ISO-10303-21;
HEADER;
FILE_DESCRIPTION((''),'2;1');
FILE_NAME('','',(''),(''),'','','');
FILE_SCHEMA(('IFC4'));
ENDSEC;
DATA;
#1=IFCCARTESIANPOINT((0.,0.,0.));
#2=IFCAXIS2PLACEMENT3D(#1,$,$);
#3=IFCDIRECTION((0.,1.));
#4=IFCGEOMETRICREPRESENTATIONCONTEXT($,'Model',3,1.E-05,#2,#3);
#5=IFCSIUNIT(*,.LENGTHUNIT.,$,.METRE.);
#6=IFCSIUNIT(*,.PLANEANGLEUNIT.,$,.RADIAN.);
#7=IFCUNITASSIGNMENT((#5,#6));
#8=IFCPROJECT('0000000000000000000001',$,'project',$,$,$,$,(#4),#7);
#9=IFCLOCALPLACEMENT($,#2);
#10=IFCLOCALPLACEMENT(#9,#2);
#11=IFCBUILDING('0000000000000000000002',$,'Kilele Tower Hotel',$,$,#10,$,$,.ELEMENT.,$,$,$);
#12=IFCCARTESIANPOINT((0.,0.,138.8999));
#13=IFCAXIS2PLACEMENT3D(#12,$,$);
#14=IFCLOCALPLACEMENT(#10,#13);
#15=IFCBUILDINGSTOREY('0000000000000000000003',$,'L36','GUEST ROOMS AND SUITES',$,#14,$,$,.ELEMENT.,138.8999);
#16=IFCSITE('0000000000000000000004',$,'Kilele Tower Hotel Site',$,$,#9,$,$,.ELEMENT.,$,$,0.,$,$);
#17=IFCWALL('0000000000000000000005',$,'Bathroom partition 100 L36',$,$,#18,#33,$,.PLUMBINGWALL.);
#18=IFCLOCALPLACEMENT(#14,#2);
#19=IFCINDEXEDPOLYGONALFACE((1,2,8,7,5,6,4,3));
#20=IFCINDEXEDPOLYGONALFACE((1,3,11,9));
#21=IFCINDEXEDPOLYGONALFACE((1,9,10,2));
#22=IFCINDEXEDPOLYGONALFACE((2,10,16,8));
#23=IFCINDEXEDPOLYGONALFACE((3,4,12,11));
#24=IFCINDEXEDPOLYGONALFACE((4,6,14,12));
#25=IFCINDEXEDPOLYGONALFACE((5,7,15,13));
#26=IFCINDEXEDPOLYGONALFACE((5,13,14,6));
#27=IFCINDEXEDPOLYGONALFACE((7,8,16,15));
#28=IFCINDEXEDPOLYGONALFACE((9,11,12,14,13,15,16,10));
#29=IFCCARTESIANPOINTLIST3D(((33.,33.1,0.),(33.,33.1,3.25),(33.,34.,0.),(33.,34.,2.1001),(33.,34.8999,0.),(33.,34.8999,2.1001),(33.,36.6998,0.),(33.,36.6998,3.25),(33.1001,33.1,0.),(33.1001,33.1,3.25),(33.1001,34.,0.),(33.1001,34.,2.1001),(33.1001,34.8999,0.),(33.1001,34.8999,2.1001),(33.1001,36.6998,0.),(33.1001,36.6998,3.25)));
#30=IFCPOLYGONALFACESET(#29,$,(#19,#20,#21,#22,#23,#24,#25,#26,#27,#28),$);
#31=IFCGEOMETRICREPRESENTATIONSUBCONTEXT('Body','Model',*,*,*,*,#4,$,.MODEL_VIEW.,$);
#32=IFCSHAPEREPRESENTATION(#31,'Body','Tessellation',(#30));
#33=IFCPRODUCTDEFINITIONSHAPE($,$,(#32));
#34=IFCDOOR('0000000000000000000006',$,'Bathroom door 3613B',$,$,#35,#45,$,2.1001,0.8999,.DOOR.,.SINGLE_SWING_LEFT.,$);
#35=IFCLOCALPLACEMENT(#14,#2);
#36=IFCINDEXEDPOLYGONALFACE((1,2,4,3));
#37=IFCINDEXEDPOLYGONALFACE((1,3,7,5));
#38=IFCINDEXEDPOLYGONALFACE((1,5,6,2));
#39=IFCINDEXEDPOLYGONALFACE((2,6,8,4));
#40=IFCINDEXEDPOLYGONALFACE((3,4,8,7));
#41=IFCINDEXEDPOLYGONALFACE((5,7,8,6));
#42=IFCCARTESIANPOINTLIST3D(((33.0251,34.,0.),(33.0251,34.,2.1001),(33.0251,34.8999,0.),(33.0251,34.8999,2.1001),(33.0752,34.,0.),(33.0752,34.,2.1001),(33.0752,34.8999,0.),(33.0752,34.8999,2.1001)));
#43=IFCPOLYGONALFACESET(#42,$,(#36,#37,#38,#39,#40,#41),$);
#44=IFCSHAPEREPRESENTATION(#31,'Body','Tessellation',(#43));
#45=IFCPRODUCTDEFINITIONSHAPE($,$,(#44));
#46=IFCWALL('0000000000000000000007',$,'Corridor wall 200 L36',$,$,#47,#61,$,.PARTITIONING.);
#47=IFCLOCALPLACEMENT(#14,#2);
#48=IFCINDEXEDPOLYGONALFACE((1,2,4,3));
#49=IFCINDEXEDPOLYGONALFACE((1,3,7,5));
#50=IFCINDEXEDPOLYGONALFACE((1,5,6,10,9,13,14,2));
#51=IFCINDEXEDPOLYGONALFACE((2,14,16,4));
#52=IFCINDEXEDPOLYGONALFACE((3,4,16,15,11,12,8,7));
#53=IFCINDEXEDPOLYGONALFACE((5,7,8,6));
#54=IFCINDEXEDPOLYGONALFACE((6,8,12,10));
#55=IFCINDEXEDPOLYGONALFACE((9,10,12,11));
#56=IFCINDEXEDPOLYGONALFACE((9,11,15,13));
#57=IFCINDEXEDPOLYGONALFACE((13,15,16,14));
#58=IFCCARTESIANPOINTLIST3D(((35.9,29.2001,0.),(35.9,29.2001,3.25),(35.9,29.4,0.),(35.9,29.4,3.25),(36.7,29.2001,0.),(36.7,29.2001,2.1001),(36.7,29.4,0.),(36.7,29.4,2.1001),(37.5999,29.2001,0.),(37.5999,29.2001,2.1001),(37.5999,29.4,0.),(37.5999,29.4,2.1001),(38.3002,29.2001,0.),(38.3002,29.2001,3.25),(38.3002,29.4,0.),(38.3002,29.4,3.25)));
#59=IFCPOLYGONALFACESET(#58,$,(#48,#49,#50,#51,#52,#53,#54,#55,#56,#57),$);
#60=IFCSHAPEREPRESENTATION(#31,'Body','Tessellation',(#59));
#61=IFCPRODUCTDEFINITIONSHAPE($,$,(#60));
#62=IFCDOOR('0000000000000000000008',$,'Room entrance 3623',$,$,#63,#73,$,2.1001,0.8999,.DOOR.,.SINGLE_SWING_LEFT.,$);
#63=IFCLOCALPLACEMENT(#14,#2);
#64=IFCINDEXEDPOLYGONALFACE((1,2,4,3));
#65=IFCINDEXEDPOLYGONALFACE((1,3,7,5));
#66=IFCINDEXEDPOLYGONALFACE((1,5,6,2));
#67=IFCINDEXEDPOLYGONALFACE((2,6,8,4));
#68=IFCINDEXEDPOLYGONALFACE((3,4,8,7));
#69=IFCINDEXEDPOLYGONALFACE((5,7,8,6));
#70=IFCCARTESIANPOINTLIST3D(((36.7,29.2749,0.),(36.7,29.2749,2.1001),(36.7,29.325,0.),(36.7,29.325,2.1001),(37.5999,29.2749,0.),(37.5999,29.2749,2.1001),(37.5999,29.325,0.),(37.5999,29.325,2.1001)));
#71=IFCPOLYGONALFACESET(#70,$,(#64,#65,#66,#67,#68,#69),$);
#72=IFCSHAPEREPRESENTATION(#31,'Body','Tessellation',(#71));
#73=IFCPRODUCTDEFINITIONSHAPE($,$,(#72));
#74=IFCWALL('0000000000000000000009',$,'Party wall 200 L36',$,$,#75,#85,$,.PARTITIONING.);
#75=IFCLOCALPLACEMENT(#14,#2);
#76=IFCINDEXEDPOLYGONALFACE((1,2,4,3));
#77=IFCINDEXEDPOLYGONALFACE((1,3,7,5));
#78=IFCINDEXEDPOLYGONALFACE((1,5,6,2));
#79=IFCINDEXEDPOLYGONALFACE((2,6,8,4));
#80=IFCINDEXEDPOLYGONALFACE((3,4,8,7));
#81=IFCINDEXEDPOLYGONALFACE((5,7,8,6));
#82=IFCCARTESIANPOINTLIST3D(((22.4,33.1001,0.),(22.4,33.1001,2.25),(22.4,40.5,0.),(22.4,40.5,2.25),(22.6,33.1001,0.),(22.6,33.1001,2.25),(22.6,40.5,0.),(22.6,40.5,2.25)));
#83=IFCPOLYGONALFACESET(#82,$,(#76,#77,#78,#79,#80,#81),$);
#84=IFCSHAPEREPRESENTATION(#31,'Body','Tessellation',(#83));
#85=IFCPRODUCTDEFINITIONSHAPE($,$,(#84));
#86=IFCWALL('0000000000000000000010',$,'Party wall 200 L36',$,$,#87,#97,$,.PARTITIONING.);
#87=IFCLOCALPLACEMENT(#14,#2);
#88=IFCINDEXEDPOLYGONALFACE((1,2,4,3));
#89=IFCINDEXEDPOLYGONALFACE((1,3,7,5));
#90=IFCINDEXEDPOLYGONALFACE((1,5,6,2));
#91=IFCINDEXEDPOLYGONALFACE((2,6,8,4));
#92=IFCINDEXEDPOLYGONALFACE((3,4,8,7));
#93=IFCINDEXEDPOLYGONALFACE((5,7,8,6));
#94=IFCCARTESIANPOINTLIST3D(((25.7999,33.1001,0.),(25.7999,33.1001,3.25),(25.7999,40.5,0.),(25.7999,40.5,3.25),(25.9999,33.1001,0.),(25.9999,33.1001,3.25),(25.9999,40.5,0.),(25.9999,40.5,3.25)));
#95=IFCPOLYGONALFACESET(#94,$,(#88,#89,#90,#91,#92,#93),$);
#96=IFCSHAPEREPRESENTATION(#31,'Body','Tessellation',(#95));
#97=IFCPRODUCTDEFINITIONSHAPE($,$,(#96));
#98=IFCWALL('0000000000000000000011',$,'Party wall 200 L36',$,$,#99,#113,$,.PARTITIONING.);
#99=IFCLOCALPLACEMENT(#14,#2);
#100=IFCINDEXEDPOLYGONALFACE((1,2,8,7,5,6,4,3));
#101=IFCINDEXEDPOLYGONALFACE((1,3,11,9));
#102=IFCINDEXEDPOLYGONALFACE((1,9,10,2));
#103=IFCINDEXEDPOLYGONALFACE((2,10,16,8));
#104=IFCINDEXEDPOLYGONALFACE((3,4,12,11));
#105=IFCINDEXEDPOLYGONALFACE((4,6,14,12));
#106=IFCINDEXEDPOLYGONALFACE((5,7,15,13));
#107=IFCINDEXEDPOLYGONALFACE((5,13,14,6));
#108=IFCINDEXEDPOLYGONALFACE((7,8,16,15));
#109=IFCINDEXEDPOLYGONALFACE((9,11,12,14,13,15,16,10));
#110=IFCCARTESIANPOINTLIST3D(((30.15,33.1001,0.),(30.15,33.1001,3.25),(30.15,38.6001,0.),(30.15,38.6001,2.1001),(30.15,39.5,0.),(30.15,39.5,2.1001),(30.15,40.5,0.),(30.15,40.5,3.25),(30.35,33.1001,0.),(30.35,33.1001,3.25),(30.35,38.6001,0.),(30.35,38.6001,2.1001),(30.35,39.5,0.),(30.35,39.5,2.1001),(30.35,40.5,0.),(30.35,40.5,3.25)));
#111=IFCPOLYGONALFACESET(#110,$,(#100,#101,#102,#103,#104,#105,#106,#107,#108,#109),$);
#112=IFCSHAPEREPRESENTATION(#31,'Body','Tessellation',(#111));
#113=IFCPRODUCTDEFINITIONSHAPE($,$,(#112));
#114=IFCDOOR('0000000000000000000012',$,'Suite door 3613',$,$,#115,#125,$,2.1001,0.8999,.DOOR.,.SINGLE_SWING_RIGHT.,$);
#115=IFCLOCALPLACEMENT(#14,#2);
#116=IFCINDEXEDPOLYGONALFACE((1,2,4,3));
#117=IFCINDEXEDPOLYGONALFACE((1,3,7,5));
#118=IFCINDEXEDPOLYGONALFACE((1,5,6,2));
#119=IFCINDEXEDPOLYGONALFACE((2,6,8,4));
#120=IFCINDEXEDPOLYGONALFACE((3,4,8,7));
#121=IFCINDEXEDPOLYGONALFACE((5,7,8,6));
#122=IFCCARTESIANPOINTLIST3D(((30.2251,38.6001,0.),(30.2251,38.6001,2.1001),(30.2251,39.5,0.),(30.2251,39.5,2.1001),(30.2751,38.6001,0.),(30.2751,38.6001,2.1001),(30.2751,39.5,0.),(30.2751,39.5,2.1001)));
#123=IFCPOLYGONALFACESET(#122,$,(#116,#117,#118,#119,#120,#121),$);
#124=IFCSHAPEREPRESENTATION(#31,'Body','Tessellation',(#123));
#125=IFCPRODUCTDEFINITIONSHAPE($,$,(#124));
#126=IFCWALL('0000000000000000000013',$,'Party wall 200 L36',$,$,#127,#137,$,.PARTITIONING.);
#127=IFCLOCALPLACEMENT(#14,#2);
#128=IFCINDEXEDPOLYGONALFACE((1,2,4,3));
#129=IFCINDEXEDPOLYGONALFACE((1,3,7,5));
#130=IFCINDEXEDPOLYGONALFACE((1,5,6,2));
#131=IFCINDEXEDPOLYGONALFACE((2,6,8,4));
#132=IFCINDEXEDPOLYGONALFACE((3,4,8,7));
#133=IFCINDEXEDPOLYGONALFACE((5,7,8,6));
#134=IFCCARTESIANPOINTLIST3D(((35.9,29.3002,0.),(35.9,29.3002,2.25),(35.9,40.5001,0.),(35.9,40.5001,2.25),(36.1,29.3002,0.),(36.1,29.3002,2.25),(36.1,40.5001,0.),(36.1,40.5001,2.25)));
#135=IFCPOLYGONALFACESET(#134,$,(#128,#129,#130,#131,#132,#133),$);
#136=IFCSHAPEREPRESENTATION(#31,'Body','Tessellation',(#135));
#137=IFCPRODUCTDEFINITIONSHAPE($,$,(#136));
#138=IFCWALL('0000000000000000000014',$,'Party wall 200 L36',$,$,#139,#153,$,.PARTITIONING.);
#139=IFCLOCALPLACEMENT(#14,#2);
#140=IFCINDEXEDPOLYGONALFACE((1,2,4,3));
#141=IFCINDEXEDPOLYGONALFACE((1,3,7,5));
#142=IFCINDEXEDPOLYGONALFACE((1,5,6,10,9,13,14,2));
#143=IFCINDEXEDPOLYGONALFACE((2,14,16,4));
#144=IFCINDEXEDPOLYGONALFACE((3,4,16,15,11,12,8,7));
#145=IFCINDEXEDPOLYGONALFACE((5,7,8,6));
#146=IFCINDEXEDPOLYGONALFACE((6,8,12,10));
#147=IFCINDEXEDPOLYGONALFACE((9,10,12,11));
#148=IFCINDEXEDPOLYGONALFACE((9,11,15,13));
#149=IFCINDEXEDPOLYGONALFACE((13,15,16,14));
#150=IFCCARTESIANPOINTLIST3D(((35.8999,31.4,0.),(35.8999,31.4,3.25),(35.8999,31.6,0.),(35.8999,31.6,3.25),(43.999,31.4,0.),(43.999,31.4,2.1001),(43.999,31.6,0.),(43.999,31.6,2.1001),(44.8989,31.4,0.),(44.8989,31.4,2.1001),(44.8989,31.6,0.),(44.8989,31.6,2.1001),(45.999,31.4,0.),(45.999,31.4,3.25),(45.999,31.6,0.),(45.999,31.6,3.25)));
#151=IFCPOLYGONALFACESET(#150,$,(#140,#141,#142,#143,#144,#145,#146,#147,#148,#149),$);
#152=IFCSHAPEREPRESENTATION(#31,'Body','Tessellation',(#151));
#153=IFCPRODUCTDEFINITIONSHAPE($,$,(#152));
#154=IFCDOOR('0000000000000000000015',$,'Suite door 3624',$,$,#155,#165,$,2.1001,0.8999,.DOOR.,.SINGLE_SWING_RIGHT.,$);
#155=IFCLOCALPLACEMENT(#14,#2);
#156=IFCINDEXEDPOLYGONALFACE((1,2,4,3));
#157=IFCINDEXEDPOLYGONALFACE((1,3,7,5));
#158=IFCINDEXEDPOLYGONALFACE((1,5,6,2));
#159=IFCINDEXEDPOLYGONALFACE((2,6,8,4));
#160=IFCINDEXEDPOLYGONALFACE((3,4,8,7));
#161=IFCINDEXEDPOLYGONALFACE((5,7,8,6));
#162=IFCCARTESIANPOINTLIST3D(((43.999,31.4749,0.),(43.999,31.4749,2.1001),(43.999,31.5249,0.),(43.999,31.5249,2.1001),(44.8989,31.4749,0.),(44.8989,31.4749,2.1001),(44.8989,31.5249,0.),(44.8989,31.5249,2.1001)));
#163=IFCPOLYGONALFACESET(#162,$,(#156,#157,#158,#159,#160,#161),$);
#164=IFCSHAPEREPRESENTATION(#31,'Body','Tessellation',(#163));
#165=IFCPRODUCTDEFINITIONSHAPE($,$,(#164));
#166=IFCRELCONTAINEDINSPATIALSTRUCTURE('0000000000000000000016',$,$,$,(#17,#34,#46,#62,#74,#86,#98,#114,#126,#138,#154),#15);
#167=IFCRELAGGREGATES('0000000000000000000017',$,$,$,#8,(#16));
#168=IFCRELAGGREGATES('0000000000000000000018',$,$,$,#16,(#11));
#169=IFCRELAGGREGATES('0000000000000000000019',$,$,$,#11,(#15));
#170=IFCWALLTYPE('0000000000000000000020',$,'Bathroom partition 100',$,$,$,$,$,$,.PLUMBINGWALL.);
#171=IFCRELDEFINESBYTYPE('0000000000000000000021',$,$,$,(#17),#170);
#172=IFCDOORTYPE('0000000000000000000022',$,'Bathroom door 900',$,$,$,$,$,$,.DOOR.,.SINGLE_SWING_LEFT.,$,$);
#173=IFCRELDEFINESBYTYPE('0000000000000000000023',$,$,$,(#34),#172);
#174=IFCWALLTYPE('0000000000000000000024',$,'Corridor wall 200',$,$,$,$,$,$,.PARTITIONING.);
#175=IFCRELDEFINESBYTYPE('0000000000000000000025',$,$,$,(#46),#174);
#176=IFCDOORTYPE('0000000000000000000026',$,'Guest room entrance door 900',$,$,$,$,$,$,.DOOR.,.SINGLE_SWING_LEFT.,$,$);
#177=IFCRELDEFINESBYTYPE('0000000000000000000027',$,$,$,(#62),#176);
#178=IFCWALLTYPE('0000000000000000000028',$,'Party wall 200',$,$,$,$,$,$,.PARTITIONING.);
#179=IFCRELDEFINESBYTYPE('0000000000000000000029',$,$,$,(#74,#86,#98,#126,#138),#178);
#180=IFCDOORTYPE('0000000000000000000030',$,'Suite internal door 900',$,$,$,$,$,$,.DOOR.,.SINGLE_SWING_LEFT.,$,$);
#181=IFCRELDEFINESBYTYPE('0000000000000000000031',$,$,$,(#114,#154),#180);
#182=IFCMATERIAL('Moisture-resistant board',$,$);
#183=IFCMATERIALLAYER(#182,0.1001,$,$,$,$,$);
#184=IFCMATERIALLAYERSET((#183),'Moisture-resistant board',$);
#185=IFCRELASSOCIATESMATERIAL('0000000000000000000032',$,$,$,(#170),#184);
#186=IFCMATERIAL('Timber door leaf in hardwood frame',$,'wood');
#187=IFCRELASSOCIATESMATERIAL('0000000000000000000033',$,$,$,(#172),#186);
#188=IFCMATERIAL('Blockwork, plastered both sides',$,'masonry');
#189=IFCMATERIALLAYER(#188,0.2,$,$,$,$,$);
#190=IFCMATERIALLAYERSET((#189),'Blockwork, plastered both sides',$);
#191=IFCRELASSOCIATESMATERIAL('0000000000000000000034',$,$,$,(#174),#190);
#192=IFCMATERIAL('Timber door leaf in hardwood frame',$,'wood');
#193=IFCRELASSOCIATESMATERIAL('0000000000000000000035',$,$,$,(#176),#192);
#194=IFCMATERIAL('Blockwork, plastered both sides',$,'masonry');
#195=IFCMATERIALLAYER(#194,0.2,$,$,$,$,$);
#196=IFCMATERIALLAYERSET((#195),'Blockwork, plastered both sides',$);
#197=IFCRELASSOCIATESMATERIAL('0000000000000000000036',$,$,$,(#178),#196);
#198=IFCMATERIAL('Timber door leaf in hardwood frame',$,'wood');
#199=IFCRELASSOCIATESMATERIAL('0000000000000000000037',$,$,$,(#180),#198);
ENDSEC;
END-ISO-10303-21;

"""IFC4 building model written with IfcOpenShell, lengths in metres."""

from ifc_helpers import new_model, si_unit, direction, frame, frame_2d, origin, place, context, subcontext, project, spatial, rectangle, extrude, material, layer, layer_set, type_object, element, fill, save


model = new_model("IFC4")

# Units and contexts
model_context = context("Model", 3, precision=1e-05, world=origin(), true_north=direction((0.0, 1.0)))
body_context = subcontext(model_context, "Body", "Model", "MODEL_VIEW")
ifc_project = project(units=[si_unit("LENGTHUNIT", "METRE"), si_unit("PLANEANGLEUNIT", "RADIAN")], contexts=[model_context])

# Site, building, storey
site_placement = place(None, origin())
site = spatial("IfcSite", under=ifc_project, at=site_placement, Name="Kilele Tower Hotel Site", CompositionType="ELEMENT", RefElevation=0.0)
building_placement = place(site_placement, origin())
building = spatial("IfcBuilding", under=site, at=building_placement, Name="Kilele Tower Hotel", CompositionType="ELEMENT")
storey_placement = place(building_placement, frame((0.0, 0.0, 138.8999)))
storey = spatial("IfcBuildingStorey", under=building, at=storey_placement, Name="L36", Description="GUEST ROOMS AND SUITES", CompositionType="ELEMENT", Elevation=138.8999)

# Shared definitions
ifc_material_1 = material(Name="Moisture-resistant board")
ifc_layer_1 = layer(ifc_material_1, 0.1001)
ifc_layer_set_1 = layer_set([ifc_layer_1], Name="Moisture-resistant board")
wall_type_1 = type_object("IfcWallType", Name="Bathroom partition 100", PredefinedType="PLUMBINGWALL", material=ifc_layer_set_1)

# Shared definitions
ifc_material_2 = material(Name="Timber door leaf in hardwood frame", Category="wood")
door_type_1 = type_object("IfcDoorType", Name="Bathroom door 900", OperationType="SINGLE_SWING_LEFT", PredefinedType="DOOR", material=ifc_material_2)

# Walls, openings, doors
wall_1_placement = place(storey_placement, frame((33.05, 33.1001, 0.0), z_axis=(0.0, 0.0, 1.0), x_axis=(0.0, 1.0, 0.0)))
wall_1 = element("IfcWall", 1, at=wall_1_placement, inside=storey, type_object=wall_type_1, Name="Bathroom partition 100 L36", PredefinedType="PLUMBINGWALL", context=body_context, shape_type="SweptSolid", body=[
    extrude(rectangle(XDim=3.5999, YDim=0.1001, at=frame_2d((1.7998, 0.0))), origin(), (0.0, 0.0, 1.0), 3.25),
])
opening_1_placement = place(wall_1_placement, frame((0.8999, 0.0, 0.0)))
opening_1 = element("IfcOpeningElement", 2, at=opening_1_placement, cuts=wall_1, PredefinedType="OPENING", context=body_context, shape_type="SweptSolid", body=[
    extrude(rectangle(XDim=0.8999, YDim=2.1001, at=frame_2d((0.45, 1.05))), frame((0.0, 0.0601, 0.0), z_axis=(0.0, -1.0, 0.0), x_axis=(1.0, 0.0, 0.0)), (0.0, 0.0, 1.0), 0.1201),
])
door_1_placement = place(opening_1_placement, origin())
door_1 = element("IfcDoor", 3, at=door_1_placement, inside=storey, type_object=door_type_1, Name="Bathroom door 3613B", OperationType="SINGLE_SWING_LEFT", OverallHeight=2.1001, OverallWidth=0.8999, PredefinedType="DOOR", context=body_context, shape_type="SweptSolid", body=[
    extrude(rectangle(XDim=0.8999, YDim=2.1001, at=frame_2d((0.45, 1.05))), frame((0.0, 0.0249, 0.0), z_axis=(0.0, -1.0, 0.0), x_axis=(1.0, 0.0, 0.0)), (0.0, 0.0, 1.0), 0.05),
])
fill(opening_1, door_1)
ifc_material_3 = material(Name="Blockwork, plastered both sides", Category="masonry")
ifc_layer_2 = layer(ifc_material_3, 0.2)
ifc_layer_set_2 = layer_set([ifc_layer_2], Name="Blockwork, plastered both sides")
wall_type_2 = type_object("IfcWallType", Name="Corridor wall 200", PredefinedType="PARTITIONING", material=ifc_layer_set_2)
wall_2_placement = place(storey_placement, frame((35.8999, 29.3, 0.0), z_axis=(0.0, 0.0, 1.0), x_axis=(1.0, 0.0, 0.0)))
wall_2 = element("IfcWall", 4, at=wall_2_placement, inside=storey, type_object=wall_type_2, Name="Corridor wall 200 L36", PredefinedType="PARTITIONING", context=body_context, shape_type="SweptSolid", body=[
    extrude(rectangle(XDim=2.4001, YDim=0.2, at=frame_2d((1.2002, 0.0))), origin(), (0.0, 0.0, 1.0), 3.25),
])
opening_2_placement = place(wall_2_placement, frame((0.8, 0.0, 0.0)))
opening_2 = element("IfcOpeningElement", 5, at=opening_2_placement, cuts=wall_2, PredefinedType="OPENING", context=body_context, shape_type="SweptSolid", body=[
    extrude(rectangle(XDim=0.8999, YDim=2.1001, at=frame_2d((0.45, 1.05))), frame((0.0, 0.1099, 0.0), z_axis=(0.0, -1.0, 0.0), x_axis=(1.0, 0.0, 0.0)), (0.0, 0.0, 1.0), 0.22),
])
ifc_material_4 = material(Name="Timber door leaf in hardwood frame", Category="wood")
door_type_2 = type_object("IfcDoorType", Name="Guest room entrance door 900", OperationType="SINGLE_SWING_LEFT", PredefinedType="DOOR", material=ifc_material_4)
door_2_placement = place(opening_2_placement, origin())
door_2 = element("IfcDoor", 6, at=door_2_placement, inside=storey, type_object=door_type_2, Name="Room entrance 3623", OperationType="SINGLE_SWING_LEFT", OverallHeight=2.1001, OverallWidth=0.8999, PredefinedType="DOOR", context=body_context, shape_type="SweptSolid", body=[
    extrude(rectangle(XDim=0.8999, YDim=2.1001, at=frame_2d((0.45, 1.05))), frame((0.0, 0.0249, 0.0), z_axis=(0.0, -1.0, 0.0), x_axis=(1.0, 0.0, 0.0)), (0.0, 0.0, 1.0), 0.05),
])
fill(opening_2, door_2)

# Walls
ifc_material_5 = material(Name="Blockwork, plastered both sides", Category="masonry")
ifc_layer_3 = layer(ifc_material_5, 0.2)
ifc_layer_set_3 = layer_set([ifc_layer_3], Name="Blockwork, plastered both sides")
wall_type_3 = type_object("IfcWallType", Name="Party wall 200", PredefinedType="PARTITIONING", material=ifc_layer_set_3)
wall_3_placement = place(storey_placement, frame((22.5, 33.1001, 0.0), z_axis=(0.0, 0.0, 1.0), x_axis=(0.0, 1.0, 0.0)))
element("IfcWall", 7, at=wall_3_placement, inside=storey, type_object=wall_type_3, Name="Party wall 200 L36", PredefinedType="PARTITIONING", context=body_context, shape_type="SweptSolid", body=[
    extrude(rectangle(XDim=7.3999, YDim=0.2, at=frame_2d((3.7, 0.0))), origin(), (0.0, 0.0, 1.0), 2.25),
])
wall_4_placement = place(storey_placement, frame((25.8999, 33.1001, 0.0), z_axis=(0.0, 0.0, 1.0), x_axis=(0.0, 1.0, 0.0)))
element("IfcWall", 8, at=wall_4_placement, inside=storey, type_object=wall_type_3, Name="Party wall 200 L36", PredefinedType="PARTITIONING", context=body_context, shape_type="SweptSolid", body=[
    extrude(rectangle(XDim=7.3999, YDim=0.2, at=frame_2d((3.7, 0.0))), origin(), (0.0, 0.0, 1.0), 3.25),
])

# Wall, opening, door
wall_5_placement = place(storey_placement, frame((30.25, 33.1001, 0.0), z_axis=(0.0, 0.0, 1.0), x_axis=(0.0, 1.0, 0.0)))
wall_5 = element("IfcWall", 9, at=wall_5_placement, inside=storey, type_object=wall_type_3, Name="Party wall 200 L36", PredefinedType="PARTITIONING", context=body_context, shape_type="SweptSolid", body=[
    extrude(rectangle(XDim=7.3999, YDim=0.2, at=frame_2d((3.7, 0.0))), origin(), (0.0, 0.0, 1.0), 3.25),
])
opening_3_placement = place(wall_5_placement, frame((5.5, 0.0, 0.0)))
opening_3 = element("IfcOpeningElement", 10, at=opening_3_placement, cuts=wall_5, PredefinedType="OPENING", context=body_context, shape_type="SweptSolid", body=[
    extrude(rectangle(XDim=0.8999, YDim=2.1001, at=frame_2d((0.45, 1.05))), frame((0.0, 0.1099, 0.0), z_axis=(0.0, -1.0, 0.0), x_axis=(1.0, 0.0, 0.0)), (0.0, 0.0, 1.0), 0.22),
])
ifc_material_6 = material(Name="Timber door leaf in hardwood frame", Category="wood")
door_type_3 = type_object("IfcDoorType", Name="Suite internal door 900", OperationType="SINGLE_SWING_LEFT", PredefinedType="DOOR", material=ifc_material_6)
door_3_placement = place(opening_3_placement, origin())
door_3 = element("IfcDoor", 11, at=door_3_placement, inside=storey, type_object=door_type_3, Name="Suite door 3613", OperationType="SINGLE_SWING_RIGHT", OverallHeight=2.1001, OverallWidth=0.8999, PredefinedType="DOOR", context=body_context, shape_type="SweptSolid", body=[
    extrude(rectangle(XDim=0.8999, YDim=2.1001, at=frame_2d((0.45, 1.05))), frame((0.0, 0.0249, 0.0), z_axis=(0.0, -1.0, 0.0), x_axis=(1.0, 0.0, 0.0)), (0.0, 0.0, 1.0), 0.05),
])
fill(opening_3, door_3)

# Wall
wall_6_placement = place(storey_placement, frame((36.0, 29.3, 0.0), z_axis=(0.0, 0.0, 1.0), x_axis=(0.0, 1.0, 0.0)))
element("IfcWall", 12, at=wall_6_placement, inside=storey, type_object=wall_type_3, Name="Party wall 200 L36", PredefinedType="PARTITIONING", context=body_context, shape_type="SweptSolid", body=[
    extrude(rectangle(XDim=11.2, YDim=0.2, at=frame_2d((5.6001, 0.0))), origin(), (0.0, 0.0, 1.0), 2.25),
])

# Wall, opening, door
wall_7_placement = place(storey_placement, frame((35.8999, 31.5, 0.0), z_axis=(0.0, 0.0, 1.0), x_axis=(1.0, 0.0, 0.0)))
wall_7 = element("IfcWall", 13, at=wall_7_placement, inside=storey, type_object=wall_type_3, Name="Party wall 200 L36", PredefinedType="PARTITIONING", context=body_context, shape_type="SweptSolid", body=[
    extrude(rectangle(XDim=10.0991, YDim=0.2, at=frame_2d((5.0496, 0.0))), origin(), (0.0, 0.0, 1.0), 3.25),
])
opening_4_placement = place(wall_7_placement, frame((8.0991, 0.0, 0.0)))
opening_4 = element("IfcOpeningElement", 14, at=opening_4_placement, cuts=wall_7, PredefinedType="OPENING", context=body_context, shape_type="SweptSolid", body=[
    extrude(rectangle(XDim=0.8999, YDim=2.1001, at=frame_2d((0.45, 1.05))), frame((0.0, 0.1099, 0.0), z_axis=(0.0, -1.0, 0.0), x_axis=(1.0, 0.0, 0.0)), (0.0, 0.0, 1.0), 0.22),
])
door_4_placement = place(opening_4_placement, origin())
door_4 = element("IfcDoor", 15, at=door_4_placement, inside=storey, type_object=door_type_3, Name="Suite door 3624", OperationType="SINGLE_SWING_RIGHT", OverallHeight=2.1001, OverallWidth=0.8999, PredefinedType="DOOR", context=body_context, shape_type="SweptSolid", body=[
    extrude(rectangle(XDim=0.8999, YDim=2.1001, at=frame_2d((0.45, 1.05))), frame((0.0, 0.0249, 0.0), z_axis=(0.0, -1.0, 0.0), x_axis=(1.0, 0.0, 0.0)), (0.0, 0.0, 1.0), 0.05),
])
fill(opening_4, door_4)

save(model, "model.ifc")
